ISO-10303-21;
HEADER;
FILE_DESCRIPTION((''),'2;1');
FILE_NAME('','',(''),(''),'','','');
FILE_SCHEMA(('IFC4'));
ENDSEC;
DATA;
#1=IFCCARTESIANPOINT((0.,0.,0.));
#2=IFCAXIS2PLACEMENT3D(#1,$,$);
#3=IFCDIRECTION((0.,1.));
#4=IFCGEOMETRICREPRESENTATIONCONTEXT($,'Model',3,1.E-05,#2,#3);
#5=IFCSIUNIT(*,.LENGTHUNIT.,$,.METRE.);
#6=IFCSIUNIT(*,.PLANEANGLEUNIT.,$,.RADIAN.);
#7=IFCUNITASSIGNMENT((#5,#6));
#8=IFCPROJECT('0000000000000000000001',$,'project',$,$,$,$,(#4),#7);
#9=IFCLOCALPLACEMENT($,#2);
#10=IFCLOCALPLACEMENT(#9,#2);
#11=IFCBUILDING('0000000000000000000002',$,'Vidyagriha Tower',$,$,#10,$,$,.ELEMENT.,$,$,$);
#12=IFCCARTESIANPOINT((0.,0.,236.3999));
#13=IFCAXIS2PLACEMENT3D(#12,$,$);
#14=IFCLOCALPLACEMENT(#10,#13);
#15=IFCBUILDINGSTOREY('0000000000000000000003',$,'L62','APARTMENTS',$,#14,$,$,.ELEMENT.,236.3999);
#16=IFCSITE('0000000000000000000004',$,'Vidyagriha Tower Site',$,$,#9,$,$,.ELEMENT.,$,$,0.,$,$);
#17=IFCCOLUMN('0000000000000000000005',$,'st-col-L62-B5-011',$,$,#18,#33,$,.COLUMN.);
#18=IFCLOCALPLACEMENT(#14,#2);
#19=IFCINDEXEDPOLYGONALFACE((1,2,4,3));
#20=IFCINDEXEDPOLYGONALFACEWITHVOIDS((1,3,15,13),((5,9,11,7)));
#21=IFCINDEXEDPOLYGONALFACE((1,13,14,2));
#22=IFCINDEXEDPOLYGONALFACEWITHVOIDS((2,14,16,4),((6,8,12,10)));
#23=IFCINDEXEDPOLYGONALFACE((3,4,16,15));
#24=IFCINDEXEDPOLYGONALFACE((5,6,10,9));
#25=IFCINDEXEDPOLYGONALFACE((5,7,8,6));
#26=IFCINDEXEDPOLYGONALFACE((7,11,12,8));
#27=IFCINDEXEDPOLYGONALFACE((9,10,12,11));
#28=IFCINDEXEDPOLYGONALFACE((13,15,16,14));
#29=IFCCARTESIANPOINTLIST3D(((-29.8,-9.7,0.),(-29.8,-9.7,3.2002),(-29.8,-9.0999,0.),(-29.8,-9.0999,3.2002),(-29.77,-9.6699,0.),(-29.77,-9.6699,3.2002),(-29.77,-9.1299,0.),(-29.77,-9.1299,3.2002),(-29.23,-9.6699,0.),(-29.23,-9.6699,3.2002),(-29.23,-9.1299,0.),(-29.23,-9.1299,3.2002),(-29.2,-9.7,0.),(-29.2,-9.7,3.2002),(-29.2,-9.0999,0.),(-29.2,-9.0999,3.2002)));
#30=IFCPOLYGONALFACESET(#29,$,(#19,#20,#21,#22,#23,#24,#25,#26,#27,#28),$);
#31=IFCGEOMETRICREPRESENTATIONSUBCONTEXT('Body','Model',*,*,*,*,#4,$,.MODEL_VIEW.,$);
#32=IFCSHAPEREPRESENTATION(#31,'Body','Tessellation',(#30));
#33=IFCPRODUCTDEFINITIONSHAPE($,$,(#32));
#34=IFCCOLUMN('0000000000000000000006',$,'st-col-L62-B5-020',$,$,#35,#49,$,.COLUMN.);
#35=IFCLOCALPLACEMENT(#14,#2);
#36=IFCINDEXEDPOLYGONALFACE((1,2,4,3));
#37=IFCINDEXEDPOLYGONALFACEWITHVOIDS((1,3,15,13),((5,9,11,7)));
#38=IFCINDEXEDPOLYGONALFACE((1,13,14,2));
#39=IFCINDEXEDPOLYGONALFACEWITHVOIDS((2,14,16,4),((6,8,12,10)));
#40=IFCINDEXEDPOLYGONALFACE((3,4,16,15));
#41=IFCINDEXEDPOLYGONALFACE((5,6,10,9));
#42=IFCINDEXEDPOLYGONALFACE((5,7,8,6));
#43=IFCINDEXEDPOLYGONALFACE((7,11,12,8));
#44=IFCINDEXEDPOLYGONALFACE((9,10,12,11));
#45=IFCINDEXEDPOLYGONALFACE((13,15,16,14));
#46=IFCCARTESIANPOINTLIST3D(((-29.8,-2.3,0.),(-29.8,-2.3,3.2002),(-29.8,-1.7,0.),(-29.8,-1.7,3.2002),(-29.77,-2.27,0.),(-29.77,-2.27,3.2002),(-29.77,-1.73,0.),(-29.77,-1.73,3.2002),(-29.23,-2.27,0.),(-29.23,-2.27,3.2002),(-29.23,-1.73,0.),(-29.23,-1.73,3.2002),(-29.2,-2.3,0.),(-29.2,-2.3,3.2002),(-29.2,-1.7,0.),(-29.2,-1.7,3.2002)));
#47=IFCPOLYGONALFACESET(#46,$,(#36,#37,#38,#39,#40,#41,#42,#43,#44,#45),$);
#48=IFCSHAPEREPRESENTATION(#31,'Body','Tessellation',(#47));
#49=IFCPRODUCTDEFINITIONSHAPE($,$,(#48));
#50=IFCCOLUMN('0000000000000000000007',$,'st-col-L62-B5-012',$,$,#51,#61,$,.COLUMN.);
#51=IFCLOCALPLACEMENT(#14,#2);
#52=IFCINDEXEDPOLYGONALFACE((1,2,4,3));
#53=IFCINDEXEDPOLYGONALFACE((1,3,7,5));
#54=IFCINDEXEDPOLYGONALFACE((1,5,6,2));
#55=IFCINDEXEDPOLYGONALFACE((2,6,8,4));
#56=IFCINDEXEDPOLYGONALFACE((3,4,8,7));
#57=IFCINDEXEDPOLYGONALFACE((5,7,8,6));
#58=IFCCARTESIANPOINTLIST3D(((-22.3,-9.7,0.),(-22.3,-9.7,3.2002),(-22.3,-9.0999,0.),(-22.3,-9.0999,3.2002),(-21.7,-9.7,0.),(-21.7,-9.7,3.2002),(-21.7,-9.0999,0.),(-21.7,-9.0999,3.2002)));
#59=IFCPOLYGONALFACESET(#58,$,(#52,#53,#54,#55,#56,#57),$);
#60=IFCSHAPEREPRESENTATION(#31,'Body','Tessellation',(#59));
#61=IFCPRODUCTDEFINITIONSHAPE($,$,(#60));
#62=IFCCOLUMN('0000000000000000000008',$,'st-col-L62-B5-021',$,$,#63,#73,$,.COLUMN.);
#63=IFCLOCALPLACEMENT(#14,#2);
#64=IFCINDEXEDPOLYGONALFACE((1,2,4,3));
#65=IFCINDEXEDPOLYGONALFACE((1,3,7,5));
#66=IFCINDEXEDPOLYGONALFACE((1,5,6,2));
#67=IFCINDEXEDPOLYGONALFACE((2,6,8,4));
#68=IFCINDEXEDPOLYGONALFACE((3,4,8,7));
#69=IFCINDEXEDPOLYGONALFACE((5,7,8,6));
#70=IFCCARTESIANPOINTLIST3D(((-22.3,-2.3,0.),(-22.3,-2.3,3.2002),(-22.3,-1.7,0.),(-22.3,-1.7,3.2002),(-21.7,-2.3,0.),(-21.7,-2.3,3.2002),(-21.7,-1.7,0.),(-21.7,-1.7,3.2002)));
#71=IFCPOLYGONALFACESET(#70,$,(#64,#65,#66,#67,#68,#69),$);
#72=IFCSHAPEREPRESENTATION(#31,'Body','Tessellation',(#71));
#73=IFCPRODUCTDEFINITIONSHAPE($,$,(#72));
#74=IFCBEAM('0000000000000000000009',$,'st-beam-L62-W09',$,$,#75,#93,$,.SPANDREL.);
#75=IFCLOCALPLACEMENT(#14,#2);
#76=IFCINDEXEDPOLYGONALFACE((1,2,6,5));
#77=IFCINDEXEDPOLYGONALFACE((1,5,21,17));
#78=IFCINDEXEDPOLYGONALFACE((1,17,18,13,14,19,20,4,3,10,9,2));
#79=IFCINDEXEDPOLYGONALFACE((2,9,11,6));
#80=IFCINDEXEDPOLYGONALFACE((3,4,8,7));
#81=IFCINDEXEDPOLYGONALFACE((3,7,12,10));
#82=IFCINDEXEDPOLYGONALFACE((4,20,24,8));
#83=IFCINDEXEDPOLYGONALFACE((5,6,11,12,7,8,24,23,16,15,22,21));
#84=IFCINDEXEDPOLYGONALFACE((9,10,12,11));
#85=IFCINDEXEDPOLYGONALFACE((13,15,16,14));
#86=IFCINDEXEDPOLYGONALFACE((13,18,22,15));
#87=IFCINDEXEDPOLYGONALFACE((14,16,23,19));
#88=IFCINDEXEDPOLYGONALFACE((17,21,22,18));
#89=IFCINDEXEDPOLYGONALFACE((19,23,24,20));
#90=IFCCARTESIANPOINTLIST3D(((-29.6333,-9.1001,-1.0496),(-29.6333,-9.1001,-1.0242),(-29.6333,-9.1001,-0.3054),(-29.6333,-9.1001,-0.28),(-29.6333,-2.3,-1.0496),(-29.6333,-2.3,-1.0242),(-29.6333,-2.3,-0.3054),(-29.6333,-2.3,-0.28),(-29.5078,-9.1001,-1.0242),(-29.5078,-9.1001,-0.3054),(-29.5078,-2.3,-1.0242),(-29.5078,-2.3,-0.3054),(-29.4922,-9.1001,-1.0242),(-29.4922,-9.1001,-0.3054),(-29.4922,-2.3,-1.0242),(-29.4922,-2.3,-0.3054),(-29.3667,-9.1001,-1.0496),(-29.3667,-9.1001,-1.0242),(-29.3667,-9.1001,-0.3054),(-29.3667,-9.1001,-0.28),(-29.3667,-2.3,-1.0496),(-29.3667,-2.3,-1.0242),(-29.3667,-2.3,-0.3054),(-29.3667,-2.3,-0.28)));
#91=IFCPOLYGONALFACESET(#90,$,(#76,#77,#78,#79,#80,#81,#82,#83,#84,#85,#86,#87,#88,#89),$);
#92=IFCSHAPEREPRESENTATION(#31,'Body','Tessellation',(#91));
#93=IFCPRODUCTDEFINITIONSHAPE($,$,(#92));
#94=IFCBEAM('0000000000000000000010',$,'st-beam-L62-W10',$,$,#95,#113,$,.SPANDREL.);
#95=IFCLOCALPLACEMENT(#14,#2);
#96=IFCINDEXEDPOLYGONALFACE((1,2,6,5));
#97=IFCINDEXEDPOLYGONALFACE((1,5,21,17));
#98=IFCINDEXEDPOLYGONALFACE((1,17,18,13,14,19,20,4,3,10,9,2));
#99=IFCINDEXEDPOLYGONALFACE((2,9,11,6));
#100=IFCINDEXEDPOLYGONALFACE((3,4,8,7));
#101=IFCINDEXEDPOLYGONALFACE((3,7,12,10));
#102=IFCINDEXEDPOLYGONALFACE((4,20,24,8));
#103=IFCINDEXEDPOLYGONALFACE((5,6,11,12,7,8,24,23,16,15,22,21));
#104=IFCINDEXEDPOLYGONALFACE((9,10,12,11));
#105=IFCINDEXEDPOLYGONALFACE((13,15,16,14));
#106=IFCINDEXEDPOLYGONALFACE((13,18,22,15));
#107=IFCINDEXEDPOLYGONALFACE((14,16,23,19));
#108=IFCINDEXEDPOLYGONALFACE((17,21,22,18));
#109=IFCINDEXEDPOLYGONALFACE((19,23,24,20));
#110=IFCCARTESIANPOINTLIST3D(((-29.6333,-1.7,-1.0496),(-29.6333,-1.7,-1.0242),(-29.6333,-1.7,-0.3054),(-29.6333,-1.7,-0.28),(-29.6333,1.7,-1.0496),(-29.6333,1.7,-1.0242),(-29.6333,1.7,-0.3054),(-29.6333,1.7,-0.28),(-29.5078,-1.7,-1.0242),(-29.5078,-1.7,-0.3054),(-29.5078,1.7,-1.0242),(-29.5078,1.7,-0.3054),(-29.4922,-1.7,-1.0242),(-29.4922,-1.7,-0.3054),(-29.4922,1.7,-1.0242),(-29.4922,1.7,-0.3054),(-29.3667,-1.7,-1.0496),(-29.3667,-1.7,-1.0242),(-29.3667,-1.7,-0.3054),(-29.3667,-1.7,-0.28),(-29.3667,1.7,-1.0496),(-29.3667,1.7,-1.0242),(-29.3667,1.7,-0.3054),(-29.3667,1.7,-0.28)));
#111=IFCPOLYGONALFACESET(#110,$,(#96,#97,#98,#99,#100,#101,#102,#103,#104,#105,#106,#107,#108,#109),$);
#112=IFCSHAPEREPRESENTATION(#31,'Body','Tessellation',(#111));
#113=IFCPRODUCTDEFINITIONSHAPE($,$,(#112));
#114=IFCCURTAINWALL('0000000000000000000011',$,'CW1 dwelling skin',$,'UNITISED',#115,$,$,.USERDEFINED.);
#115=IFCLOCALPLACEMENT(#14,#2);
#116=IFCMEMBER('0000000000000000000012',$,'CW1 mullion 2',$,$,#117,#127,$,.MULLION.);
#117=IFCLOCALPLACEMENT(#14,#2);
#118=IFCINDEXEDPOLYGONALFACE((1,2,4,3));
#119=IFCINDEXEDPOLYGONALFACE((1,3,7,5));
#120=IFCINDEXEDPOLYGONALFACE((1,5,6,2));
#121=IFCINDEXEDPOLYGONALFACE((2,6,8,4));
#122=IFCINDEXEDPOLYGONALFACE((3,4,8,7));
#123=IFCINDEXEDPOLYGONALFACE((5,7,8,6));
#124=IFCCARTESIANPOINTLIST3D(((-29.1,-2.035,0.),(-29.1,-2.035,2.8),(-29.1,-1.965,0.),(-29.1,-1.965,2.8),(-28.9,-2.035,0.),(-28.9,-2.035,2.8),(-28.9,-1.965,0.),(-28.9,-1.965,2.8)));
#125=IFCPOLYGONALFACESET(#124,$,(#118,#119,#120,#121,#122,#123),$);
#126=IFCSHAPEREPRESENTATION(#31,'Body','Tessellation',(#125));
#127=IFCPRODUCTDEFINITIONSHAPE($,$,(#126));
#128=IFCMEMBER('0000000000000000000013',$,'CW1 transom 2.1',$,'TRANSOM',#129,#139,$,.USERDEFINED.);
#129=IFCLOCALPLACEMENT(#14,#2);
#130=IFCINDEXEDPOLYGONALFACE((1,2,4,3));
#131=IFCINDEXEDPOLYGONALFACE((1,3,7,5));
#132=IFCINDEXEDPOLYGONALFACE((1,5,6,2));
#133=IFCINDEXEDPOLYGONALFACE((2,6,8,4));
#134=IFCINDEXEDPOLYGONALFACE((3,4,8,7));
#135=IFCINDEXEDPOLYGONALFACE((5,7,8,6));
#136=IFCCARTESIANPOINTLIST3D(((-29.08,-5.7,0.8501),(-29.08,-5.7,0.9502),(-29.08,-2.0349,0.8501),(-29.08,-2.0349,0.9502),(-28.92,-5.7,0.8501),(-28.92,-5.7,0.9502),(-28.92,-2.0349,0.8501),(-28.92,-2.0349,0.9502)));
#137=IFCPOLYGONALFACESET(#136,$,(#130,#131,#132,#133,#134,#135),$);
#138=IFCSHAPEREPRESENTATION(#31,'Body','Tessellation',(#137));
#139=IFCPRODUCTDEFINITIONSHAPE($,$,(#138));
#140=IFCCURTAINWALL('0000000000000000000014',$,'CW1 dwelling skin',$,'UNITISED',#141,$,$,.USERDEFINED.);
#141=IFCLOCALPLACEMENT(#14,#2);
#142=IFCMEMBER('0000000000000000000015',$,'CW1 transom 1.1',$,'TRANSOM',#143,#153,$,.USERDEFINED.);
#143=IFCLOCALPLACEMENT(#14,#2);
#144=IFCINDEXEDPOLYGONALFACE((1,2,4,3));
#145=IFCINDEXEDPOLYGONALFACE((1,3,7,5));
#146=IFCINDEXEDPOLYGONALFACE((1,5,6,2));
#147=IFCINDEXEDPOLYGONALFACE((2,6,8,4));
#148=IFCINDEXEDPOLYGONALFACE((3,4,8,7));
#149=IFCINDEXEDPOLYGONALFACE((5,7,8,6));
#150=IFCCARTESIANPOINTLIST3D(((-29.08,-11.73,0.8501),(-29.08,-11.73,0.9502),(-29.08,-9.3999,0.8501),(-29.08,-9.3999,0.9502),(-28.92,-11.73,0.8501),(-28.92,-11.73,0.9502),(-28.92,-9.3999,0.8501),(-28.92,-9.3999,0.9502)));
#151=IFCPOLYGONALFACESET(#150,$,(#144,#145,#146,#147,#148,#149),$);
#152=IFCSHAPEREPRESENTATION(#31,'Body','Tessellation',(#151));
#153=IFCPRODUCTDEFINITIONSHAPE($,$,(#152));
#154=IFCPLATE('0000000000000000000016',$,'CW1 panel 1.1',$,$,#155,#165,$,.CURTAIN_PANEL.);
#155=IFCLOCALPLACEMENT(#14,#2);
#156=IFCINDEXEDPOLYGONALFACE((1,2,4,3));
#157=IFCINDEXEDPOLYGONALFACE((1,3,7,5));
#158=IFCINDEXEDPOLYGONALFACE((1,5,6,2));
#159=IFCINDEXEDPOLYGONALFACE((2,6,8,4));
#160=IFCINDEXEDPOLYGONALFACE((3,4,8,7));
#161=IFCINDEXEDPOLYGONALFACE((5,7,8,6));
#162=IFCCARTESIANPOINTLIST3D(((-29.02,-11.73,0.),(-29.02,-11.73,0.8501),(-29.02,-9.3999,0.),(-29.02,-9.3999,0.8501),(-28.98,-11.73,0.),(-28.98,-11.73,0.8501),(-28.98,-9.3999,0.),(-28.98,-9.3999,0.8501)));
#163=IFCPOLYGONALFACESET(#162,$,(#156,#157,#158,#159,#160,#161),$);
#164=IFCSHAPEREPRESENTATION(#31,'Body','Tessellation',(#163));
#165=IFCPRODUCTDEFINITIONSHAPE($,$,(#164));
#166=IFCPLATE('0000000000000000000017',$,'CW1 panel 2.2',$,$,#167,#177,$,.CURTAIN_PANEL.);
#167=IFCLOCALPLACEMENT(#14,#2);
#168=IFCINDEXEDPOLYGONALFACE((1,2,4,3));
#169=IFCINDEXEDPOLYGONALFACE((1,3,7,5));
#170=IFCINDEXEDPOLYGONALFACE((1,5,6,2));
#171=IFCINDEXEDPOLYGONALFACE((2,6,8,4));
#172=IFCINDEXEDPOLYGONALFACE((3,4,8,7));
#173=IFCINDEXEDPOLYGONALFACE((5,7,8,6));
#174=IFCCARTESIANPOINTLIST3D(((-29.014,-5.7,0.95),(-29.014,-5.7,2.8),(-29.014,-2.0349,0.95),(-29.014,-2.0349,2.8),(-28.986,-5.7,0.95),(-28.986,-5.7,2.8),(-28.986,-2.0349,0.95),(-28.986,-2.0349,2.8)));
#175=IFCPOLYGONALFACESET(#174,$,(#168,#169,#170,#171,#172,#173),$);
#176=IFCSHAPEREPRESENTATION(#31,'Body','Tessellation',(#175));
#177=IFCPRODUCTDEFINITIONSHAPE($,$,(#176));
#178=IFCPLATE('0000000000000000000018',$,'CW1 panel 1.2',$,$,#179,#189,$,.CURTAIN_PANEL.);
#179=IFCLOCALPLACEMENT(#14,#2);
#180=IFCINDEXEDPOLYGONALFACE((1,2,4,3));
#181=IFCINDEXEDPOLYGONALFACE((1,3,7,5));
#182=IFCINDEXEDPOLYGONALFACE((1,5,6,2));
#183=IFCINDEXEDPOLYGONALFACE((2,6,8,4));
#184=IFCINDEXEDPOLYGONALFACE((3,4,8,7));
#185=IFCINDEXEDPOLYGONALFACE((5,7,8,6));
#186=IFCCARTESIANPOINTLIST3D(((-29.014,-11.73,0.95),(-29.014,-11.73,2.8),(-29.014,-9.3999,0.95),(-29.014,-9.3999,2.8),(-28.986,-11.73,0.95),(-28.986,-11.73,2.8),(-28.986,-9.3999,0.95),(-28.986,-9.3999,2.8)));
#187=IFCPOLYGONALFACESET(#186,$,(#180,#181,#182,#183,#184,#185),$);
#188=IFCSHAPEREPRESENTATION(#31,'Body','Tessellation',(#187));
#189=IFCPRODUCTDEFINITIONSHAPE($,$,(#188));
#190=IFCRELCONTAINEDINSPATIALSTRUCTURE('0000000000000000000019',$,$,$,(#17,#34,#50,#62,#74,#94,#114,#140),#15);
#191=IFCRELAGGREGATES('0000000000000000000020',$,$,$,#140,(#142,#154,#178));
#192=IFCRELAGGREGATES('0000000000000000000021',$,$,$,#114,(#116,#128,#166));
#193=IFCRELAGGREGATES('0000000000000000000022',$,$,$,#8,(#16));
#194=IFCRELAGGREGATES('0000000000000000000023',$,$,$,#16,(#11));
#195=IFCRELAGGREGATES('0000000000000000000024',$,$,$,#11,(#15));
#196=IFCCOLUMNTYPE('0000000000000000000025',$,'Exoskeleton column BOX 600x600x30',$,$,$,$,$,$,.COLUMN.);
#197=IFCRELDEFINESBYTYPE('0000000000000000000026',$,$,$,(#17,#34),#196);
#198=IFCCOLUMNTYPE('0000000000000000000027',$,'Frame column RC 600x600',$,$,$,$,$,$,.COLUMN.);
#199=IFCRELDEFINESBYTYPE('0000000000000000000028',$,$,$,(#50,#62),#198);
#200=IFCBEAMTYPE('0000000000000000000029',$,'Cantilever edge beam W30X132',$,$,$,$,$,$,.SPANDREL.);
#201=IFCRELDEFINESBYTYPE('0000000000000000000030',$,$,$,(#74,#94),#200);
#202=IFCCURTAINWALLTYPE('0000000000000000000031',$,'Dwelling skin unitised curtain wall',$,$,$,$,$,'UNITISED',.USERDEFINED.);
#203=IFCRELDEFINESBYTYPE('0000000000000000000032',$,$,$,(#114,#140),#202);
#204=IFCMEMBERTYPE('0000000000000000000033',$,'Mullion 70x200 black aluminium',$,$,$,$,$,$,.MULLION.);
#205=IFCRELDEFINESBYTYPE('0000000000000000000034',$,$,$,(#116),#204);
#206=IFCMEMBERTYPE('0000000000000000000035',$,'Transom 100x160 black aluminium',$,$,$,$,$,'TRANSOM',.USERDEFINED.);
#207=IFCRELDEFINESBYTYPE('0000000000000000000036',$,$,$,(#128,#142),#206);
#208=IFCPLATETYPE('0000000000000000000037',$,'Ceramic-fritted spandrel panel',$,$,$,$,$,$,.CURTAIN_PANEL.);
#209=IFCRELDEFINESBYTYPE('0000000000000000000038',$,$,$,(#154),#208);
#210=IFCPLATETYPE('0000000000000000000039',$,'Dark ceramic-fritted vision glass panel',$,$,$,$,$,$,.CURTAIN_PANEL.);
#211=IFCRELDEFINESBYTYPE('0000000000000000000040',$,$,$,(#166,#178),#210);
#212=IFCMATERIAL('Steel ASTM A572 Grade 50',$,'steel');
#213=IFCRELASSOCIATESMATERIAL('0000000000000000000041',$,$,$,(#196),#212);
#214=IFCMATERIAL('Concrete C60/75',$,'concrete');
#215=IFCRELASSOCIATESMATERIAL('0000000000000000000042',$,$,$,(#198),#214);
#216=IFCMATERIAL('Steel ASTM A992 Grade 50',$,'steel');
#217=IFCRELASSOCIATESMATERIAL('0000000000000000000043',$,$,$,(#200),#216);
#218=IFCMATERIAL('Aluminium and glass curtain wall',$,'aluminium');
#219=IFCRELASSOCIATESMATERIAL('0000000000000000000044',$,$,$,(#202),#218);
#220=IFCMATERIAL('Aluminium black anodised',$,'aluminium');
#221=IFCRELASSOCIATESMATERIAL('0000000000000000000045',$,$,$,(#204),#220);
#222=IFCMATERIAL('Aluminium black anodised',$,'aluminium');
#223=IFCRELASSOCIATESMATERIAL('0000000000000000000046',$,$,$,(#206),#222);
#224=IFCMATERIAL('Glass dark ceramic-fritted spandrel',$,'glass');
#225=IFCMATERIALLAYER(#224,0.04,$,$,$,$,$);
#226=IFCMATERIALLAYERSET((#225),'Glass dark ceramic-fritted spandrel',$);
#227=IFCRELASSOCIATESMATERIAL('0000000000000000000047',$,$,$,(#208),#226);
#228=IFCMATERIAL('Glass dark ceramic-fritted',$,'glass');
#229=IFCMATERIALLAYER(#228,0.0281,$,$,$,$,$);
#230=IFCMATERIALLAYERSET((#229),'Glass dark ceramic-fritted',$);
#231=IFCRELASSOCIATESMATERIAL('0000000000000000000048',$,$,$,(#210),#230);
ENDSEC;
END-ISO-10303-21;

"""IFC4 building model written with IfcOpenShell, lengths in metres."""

from ifc_helpers import new_model, si_unit, direction, frame, origin, origin_2d, place, context, subcontext, project, spatial, rectangle, hollow_rectangle, i_section, extrude, material, layer, layer_set, material_profile, profile_set, type_object, element, aggregate, save


model = new_model("IFC4")

# Units and contexts
model_context = context("Model", 3, precision=1e-05, world=origin(), true_north=direction((0.0, 1.0)))
body_context = subcontext(model_context, "Body", "Model", "MODEL_VIEW")
ifc_project = project(units=[si_unit("LENGTHUNIT", "METRE"), si_unit("PLANEANGLEUNIT", "RADIAN")], contexts=[model_context])

# Site, building, storey
site_placement = place(None, origin())
site = spatial("IfcSite", under=ifc_project, at=site_placement, Name="Vidyagriha Tower Site", CompositionType="ELEMENT", RefElevation=0.0)
building_placement = place(site_placement, origin())
building = spatial("IfcBuilding", under=site, at=building_placement, Name="Vidyagriha Tower", CompositionType="ELEMENT")
storey_placement = place(building_placement, frame((0.0, 0.0, 236.3999)))
storey = spatial("IfcBuildingStorey", under=building, at=storey_placement, Name="L62", Description="APARTMENTS", CompositionType="ELEMENT", Elevation=236.3999)

# Columns
ifc_material_1 = material(Name="Steel ASTM A572 Grade 50", Category="steel")
ifc_material_profile_1 = material_profile(ifc_material_1, hollow_rectangle(XDim=0.6001, YDim=0.6001, WallThickness=0.03, at=origin_2d()), Name="BOX 600x600x30")
ifc_profile_set_1 = profile_set([ifc_material_profile_1], Name="Steel ASTM A572 Grade 50")
column_type_1 = type_object("IfcColumnType", Name="Exoskeleton column BOX 600x600x30", PredefinedType="COLUMN", material=ifc_profile_set_1)
for number, where, name in (
    (1, (-29.5, -9.3999, 0.0), "st-col-L62-B5-011"),
    (2, (-29.5, -2.0, 0.0), "st-col-L62-B5-020"),
):
    element("IfcColumn", number, at=place(storey_placement, frame(where)), inside=storey, type_object=column_type_1, Name=name, PredefinedType="COLUMN", context=body_context, shape_type="SweptSolid", body=[
        extrude(hollow_rectangle(XDim=0.6001, YDim=0.6001, WallThickness=0.03, at=origin_2d()), origin(), (0.0, 0.0, 1.0), 3.2002),
    ])
ifc_material_2 = material(Name="Concrete C60/75", Category="concrete")
ifc_material_profile_2 = material_profile(ifc_material_2, rectangle(XDim=0.6001, YDim=0.6001, at=origin_2d()), Name="RC 600x600")
ifc_profile_set_2 = profile_set([ifc_material_profile_2], Name="Concrete C60/75")
column_type_2 = type_object("IfcColumnType", Name="Frame column RC 600x600", PredefinedType="COLUMN", material=ifc_profile_set_2)
for number, where, name in (
    (3, (-22.0, -9.3999, 0.0), "st-col-L62-B5-012"),
    (4, (-22.0, -2.0, 0.0), "st-col-L62-B5-021"),
):
    element("IfcColumn", number, at=place(storey_placement, frame(where)), inside=storey, type_object=column_type_2, Name=name, PredefinedType="COLUMN", context=body_context, shape_type="SweptSolid", body=[
        extrude(rectangle(XDim=0.6001, YDim=0.6001, at=origin_2d()), origin(), (0.0, 0.0, 1.0), 3.2002),
    ])

# Beams
ifc_material_3 = material(Name="Steel ASTM A992 Grade 50", Category="steel")
ifc_material_profile_3 = material_profile(ifc_material_3, i_section(OverallWidth=0.2666, OverallDepth=0.7695, WebThickness=0.0156, FlangeThickness=0.0254, at=origin_2d()), Name="W30X132")
ifc_profile_set_3 = profile_set([ifc_material_profile_3], Name="Steel ASTM A992 Grade 50")
beam_type = type_object("IfcBeamType", Name="Cantilever edge beam W30X132", PredefinedType="SPANDREL", material=ifc_profile_set_3)
beam_1_placement = place(storey_placement, frame((-29.5, -9.1001, -0.6648), z_axis=(0.0, 1.0, 0.0), x_axis=(-1.0, 0.0, 0.0)))
element("IfcBeam", 5, at=beam_1_placement, inside=storey, type_object=beam_type, Name="st-beam-L62-W09", PredefinedType="SPANDREL", context=body_context, shape_type="SweptSolid", body=[
    extrude(i_section(OverallWidth=0.2666, OverallDepth=0.7695, WebThickness=0.0156, FlangeThickness=0.0254, at=origin_2d()), origin(), (0.0, 0.0, 1.0), 6.8),
])
beam_2_placement = place(storey_placement, frame((-29.5, -1.7, -0.6648), z_axis=(0.0, 1.0, 0.0), x_axis=(-1.0, 0.0, 0.0)))
element("IfcBeam", 6, at=beam_2_placement, inside=storey, type_object=beam_type, Name="st-beam-L62-W10", PredefinedType="SPANDREL", context=body_context, shape_type="SweptSolid", body=[
    extrude(i_section(OverallWidth=0.2666, OverallDepth=0.7695, WebThickness=0.0156, FlangeThickness=0.0254, at=origin_2d()), origin(), (0.0, 0.0, 1.0), 3.3999),
])

# Curtain wall, members
ifc_material_4 = material(Name="Aluminium and glass curtain wall", Category="aluminium")
curtain_wall_type = type_object("IfcCurtainWallType", Name="Dwelling skin unitised curtain wall", ElementType="UNITISED", PredefinedType="USERDEFINED", material=ifc_material_4)
curtain_wall_1_placement = place(storey_placement, origin())
curtain_wall_1 = element("IfcCurtainWall", 7, at=curtain_wall_1_placement, inside=storey, type_object=curtain_wall_type, Name="CW1 dwelling skin", ObjectType="UNITISED", PredefinedType="USERDEFINED")
ifc_material_5 = material(Name="Aluminium black anodised", Category="aluminium")
ifc_material_profile_4 = material_profile(ifc_material_5, rectangle(XDim=0.2, YDim=0.0701, at=origin_2d()), Name="Mullion 70x200 black aluminium")
ifc_profile_set_4 = profile_set([ifc_material_profile_4], Name="Aluminium black anodised")
member_type_1 = type_object("IfcMemberType", Name="Mullion 70x200 black aluminium", PredefinedType="MULLION", material=ifc_profile_set_4)
member_1_placement = place(storey_placement, frame((-29.0, -2.0, 0.0)))
member_1 = element("IfcMember", 8, at=member_1_placement, type_object=member_type_1, Name="CW1 mullion 2", PredefinedType="MULLION", context=body_context, shape_type="SweptSolid", body=[
    extrude(rectangle(XDim=0.2, YDim=0.0701, at=origin_2d()), origin(), (0.0, 0.0, 1.0), 2.8),
])
ifc_material_6 = material(Name="Aluminium black anodised", Category="aluminium")
ifc_material_profile_5 = material_profile(ifc_material_6, rectangle(XDim=0.1599, YDim=0.1001, at=origin_2d()), Name="Transom 100x160 black aluminium")
ifc_profile_set_5 = profile_set([ifc_material_profile_5], Name="Aluminium black anodised")
member_type_2 = type_object("IfcMemberType", Name="Transom 100x160 black aluminium", ElementType="TRANSOM", PredefinedType="USERDEFINED", material=ifc_profile_set_5)
member_2_placement = place(storey_placement, frame((-29.0, -2.0349, 0.9001), z_axis=(0.0, -1.0, 0.0), x_axis=(1.0, 0.0, 0.0)))
member_2 = element("IfcMember", 9, at=member_2_placement, type_object=member_type_2, Name="CW1 transom 2.1", ObjectType="TRANSOM", PredefinedType="USERDEFINED", context=body_context, shape_type="SweptSolid", body=[
    extrude(rectangle(XDim=0.1599, YDim=0.1001, at=origin_2d()), origin(), (0.0, 0.0, 1.0), 3.665),
])

# Curtain wall, member, plate
curtain_wall_2_placement = place(storey_placement, origin())
curtain_wall_2 = element("IfcCurtainWall", 10, at=curtain_wall_2_placement, inside=storey, type_object=curtain_wall_type, Name="CW1 dwelling skin", ObjectType="UNITISED", PredefinedType="USERDEFINED")
member_3_placement = place(storey_placement, frame((-29.0, -9.3999, 0.9001), z_axis=(0.0, -1.0, 0.0), x_axis=(1.0, 0.0, 0.0)))
member_3 = element("IfcMember", 11, at=member_3_placement, type_object=member_type_2, Name="CW1 transom 1.1", ObjectType="TRANSOM", PredefinedType="USERDEFINED", context=body_context, shape_type="SweptSolid", body=[
    extrude(rectangle(XDim=0.1599, YDim=0.1001, at=origin_2d()), origin(), (0.0, 0.0, 1.0), 2.3301),
])
ifc_material_7 = material(Name="Glass dark ceramic-fritted spandrel", Category="glass")
ifc_layer_1 = layer(ifc_material_7, 0.04)
ifc_layer_set_1 = layer_set([ifc_layer_1], Name="Glass dark ceramic-fritted spandrel")
plate_type_1 = type_object("IfcPlateType", Name="Ceramic-fritted spandrel panel", PredefinedType="CURTAIN_PANEL", material=ifc_layer_set_1)
plate_1_placement = place(storey_placement, frame((-29.0, -10.5649, 0.0), z_axis=(0.0, 0.0, 1.0), x_axis=(0.0, -1.0, 0.0)))
plate_1 = element("IfcPlate", 12, at=plate_1_placement, type_object=plate_type_1, Name="CW1 panel 1.1", PredefinedType="CURTAIN_PANEL", context=body_context, shape_type="SweptSolid", body=[
    extrude(rectangle(XDim=2.3301, YDim=0.04, at=origin_2d()), origin(), (0.0, 0.0, 1.0), 0.8501),
])

# Plates
ifc_material_8 = material(Name="Glass dark ceramic-fritted", Category="glass")
ifc_layer_2 = layer(ifc_material_8, 0.0281)
ifc_layer_set_2 = layer_set([ifc_layer_2], Name="Glass dark ceramic-fritted")
plate_type_2 = type_object("IfcPlateType", Name="Dark ceramic-fritted vision glass panel", PredefinedType="CURTAIN_PANEL", material=ifc_layer_set_2)
plate_2_placement = place(storey_placement, frame((-29.0, -3.8674, 0.95), z_axis=(0.0, 0.0, 1.0), x_axis=(0.0, -1.0, 0.0)))
plate_2 = element("IfcPlate", 13, at=plate_2_placement, type_object=plate_type_2, Name="CW1 panel 2.2", PredefinedType="CURTAIN_PANEL", context=body_context, shape_type="SweptSolid", body=[
    extrude(rectangle(XDim=3.665, YDim=0.0281, at=origin_2d()), origin(), (0.0, 0.0, 1.0), 1.8501),
])
plate_3_placement = place(storey_placement, frame((-29.0, -10.5649, 0.95), z_axis=(0.0, 0.0, 1.0), x_axis=(0.0, -1.0, 0.0)))
plate_3 = element("IfcPlate", 14, at=plate_3_placement, type_object=plate_type_2, Name="CW1 panel 1.2", PredefinedType="CURTAIN_PANEL", context=body_context, shape_type="SweptSolid", body=[
    extrude(rectangle(XDim=2.3301, YDim=0.0281, at=origin_2d()), origin(), (0.0, 0.0, 1.0), 1.8501),
])
aggregate(curtain_wall_2, [member_3, plate_1, plate_3])
aggregate(curtain_wall_1, [member_1, member_2, plate_2])

save(model, "model.ifc")
